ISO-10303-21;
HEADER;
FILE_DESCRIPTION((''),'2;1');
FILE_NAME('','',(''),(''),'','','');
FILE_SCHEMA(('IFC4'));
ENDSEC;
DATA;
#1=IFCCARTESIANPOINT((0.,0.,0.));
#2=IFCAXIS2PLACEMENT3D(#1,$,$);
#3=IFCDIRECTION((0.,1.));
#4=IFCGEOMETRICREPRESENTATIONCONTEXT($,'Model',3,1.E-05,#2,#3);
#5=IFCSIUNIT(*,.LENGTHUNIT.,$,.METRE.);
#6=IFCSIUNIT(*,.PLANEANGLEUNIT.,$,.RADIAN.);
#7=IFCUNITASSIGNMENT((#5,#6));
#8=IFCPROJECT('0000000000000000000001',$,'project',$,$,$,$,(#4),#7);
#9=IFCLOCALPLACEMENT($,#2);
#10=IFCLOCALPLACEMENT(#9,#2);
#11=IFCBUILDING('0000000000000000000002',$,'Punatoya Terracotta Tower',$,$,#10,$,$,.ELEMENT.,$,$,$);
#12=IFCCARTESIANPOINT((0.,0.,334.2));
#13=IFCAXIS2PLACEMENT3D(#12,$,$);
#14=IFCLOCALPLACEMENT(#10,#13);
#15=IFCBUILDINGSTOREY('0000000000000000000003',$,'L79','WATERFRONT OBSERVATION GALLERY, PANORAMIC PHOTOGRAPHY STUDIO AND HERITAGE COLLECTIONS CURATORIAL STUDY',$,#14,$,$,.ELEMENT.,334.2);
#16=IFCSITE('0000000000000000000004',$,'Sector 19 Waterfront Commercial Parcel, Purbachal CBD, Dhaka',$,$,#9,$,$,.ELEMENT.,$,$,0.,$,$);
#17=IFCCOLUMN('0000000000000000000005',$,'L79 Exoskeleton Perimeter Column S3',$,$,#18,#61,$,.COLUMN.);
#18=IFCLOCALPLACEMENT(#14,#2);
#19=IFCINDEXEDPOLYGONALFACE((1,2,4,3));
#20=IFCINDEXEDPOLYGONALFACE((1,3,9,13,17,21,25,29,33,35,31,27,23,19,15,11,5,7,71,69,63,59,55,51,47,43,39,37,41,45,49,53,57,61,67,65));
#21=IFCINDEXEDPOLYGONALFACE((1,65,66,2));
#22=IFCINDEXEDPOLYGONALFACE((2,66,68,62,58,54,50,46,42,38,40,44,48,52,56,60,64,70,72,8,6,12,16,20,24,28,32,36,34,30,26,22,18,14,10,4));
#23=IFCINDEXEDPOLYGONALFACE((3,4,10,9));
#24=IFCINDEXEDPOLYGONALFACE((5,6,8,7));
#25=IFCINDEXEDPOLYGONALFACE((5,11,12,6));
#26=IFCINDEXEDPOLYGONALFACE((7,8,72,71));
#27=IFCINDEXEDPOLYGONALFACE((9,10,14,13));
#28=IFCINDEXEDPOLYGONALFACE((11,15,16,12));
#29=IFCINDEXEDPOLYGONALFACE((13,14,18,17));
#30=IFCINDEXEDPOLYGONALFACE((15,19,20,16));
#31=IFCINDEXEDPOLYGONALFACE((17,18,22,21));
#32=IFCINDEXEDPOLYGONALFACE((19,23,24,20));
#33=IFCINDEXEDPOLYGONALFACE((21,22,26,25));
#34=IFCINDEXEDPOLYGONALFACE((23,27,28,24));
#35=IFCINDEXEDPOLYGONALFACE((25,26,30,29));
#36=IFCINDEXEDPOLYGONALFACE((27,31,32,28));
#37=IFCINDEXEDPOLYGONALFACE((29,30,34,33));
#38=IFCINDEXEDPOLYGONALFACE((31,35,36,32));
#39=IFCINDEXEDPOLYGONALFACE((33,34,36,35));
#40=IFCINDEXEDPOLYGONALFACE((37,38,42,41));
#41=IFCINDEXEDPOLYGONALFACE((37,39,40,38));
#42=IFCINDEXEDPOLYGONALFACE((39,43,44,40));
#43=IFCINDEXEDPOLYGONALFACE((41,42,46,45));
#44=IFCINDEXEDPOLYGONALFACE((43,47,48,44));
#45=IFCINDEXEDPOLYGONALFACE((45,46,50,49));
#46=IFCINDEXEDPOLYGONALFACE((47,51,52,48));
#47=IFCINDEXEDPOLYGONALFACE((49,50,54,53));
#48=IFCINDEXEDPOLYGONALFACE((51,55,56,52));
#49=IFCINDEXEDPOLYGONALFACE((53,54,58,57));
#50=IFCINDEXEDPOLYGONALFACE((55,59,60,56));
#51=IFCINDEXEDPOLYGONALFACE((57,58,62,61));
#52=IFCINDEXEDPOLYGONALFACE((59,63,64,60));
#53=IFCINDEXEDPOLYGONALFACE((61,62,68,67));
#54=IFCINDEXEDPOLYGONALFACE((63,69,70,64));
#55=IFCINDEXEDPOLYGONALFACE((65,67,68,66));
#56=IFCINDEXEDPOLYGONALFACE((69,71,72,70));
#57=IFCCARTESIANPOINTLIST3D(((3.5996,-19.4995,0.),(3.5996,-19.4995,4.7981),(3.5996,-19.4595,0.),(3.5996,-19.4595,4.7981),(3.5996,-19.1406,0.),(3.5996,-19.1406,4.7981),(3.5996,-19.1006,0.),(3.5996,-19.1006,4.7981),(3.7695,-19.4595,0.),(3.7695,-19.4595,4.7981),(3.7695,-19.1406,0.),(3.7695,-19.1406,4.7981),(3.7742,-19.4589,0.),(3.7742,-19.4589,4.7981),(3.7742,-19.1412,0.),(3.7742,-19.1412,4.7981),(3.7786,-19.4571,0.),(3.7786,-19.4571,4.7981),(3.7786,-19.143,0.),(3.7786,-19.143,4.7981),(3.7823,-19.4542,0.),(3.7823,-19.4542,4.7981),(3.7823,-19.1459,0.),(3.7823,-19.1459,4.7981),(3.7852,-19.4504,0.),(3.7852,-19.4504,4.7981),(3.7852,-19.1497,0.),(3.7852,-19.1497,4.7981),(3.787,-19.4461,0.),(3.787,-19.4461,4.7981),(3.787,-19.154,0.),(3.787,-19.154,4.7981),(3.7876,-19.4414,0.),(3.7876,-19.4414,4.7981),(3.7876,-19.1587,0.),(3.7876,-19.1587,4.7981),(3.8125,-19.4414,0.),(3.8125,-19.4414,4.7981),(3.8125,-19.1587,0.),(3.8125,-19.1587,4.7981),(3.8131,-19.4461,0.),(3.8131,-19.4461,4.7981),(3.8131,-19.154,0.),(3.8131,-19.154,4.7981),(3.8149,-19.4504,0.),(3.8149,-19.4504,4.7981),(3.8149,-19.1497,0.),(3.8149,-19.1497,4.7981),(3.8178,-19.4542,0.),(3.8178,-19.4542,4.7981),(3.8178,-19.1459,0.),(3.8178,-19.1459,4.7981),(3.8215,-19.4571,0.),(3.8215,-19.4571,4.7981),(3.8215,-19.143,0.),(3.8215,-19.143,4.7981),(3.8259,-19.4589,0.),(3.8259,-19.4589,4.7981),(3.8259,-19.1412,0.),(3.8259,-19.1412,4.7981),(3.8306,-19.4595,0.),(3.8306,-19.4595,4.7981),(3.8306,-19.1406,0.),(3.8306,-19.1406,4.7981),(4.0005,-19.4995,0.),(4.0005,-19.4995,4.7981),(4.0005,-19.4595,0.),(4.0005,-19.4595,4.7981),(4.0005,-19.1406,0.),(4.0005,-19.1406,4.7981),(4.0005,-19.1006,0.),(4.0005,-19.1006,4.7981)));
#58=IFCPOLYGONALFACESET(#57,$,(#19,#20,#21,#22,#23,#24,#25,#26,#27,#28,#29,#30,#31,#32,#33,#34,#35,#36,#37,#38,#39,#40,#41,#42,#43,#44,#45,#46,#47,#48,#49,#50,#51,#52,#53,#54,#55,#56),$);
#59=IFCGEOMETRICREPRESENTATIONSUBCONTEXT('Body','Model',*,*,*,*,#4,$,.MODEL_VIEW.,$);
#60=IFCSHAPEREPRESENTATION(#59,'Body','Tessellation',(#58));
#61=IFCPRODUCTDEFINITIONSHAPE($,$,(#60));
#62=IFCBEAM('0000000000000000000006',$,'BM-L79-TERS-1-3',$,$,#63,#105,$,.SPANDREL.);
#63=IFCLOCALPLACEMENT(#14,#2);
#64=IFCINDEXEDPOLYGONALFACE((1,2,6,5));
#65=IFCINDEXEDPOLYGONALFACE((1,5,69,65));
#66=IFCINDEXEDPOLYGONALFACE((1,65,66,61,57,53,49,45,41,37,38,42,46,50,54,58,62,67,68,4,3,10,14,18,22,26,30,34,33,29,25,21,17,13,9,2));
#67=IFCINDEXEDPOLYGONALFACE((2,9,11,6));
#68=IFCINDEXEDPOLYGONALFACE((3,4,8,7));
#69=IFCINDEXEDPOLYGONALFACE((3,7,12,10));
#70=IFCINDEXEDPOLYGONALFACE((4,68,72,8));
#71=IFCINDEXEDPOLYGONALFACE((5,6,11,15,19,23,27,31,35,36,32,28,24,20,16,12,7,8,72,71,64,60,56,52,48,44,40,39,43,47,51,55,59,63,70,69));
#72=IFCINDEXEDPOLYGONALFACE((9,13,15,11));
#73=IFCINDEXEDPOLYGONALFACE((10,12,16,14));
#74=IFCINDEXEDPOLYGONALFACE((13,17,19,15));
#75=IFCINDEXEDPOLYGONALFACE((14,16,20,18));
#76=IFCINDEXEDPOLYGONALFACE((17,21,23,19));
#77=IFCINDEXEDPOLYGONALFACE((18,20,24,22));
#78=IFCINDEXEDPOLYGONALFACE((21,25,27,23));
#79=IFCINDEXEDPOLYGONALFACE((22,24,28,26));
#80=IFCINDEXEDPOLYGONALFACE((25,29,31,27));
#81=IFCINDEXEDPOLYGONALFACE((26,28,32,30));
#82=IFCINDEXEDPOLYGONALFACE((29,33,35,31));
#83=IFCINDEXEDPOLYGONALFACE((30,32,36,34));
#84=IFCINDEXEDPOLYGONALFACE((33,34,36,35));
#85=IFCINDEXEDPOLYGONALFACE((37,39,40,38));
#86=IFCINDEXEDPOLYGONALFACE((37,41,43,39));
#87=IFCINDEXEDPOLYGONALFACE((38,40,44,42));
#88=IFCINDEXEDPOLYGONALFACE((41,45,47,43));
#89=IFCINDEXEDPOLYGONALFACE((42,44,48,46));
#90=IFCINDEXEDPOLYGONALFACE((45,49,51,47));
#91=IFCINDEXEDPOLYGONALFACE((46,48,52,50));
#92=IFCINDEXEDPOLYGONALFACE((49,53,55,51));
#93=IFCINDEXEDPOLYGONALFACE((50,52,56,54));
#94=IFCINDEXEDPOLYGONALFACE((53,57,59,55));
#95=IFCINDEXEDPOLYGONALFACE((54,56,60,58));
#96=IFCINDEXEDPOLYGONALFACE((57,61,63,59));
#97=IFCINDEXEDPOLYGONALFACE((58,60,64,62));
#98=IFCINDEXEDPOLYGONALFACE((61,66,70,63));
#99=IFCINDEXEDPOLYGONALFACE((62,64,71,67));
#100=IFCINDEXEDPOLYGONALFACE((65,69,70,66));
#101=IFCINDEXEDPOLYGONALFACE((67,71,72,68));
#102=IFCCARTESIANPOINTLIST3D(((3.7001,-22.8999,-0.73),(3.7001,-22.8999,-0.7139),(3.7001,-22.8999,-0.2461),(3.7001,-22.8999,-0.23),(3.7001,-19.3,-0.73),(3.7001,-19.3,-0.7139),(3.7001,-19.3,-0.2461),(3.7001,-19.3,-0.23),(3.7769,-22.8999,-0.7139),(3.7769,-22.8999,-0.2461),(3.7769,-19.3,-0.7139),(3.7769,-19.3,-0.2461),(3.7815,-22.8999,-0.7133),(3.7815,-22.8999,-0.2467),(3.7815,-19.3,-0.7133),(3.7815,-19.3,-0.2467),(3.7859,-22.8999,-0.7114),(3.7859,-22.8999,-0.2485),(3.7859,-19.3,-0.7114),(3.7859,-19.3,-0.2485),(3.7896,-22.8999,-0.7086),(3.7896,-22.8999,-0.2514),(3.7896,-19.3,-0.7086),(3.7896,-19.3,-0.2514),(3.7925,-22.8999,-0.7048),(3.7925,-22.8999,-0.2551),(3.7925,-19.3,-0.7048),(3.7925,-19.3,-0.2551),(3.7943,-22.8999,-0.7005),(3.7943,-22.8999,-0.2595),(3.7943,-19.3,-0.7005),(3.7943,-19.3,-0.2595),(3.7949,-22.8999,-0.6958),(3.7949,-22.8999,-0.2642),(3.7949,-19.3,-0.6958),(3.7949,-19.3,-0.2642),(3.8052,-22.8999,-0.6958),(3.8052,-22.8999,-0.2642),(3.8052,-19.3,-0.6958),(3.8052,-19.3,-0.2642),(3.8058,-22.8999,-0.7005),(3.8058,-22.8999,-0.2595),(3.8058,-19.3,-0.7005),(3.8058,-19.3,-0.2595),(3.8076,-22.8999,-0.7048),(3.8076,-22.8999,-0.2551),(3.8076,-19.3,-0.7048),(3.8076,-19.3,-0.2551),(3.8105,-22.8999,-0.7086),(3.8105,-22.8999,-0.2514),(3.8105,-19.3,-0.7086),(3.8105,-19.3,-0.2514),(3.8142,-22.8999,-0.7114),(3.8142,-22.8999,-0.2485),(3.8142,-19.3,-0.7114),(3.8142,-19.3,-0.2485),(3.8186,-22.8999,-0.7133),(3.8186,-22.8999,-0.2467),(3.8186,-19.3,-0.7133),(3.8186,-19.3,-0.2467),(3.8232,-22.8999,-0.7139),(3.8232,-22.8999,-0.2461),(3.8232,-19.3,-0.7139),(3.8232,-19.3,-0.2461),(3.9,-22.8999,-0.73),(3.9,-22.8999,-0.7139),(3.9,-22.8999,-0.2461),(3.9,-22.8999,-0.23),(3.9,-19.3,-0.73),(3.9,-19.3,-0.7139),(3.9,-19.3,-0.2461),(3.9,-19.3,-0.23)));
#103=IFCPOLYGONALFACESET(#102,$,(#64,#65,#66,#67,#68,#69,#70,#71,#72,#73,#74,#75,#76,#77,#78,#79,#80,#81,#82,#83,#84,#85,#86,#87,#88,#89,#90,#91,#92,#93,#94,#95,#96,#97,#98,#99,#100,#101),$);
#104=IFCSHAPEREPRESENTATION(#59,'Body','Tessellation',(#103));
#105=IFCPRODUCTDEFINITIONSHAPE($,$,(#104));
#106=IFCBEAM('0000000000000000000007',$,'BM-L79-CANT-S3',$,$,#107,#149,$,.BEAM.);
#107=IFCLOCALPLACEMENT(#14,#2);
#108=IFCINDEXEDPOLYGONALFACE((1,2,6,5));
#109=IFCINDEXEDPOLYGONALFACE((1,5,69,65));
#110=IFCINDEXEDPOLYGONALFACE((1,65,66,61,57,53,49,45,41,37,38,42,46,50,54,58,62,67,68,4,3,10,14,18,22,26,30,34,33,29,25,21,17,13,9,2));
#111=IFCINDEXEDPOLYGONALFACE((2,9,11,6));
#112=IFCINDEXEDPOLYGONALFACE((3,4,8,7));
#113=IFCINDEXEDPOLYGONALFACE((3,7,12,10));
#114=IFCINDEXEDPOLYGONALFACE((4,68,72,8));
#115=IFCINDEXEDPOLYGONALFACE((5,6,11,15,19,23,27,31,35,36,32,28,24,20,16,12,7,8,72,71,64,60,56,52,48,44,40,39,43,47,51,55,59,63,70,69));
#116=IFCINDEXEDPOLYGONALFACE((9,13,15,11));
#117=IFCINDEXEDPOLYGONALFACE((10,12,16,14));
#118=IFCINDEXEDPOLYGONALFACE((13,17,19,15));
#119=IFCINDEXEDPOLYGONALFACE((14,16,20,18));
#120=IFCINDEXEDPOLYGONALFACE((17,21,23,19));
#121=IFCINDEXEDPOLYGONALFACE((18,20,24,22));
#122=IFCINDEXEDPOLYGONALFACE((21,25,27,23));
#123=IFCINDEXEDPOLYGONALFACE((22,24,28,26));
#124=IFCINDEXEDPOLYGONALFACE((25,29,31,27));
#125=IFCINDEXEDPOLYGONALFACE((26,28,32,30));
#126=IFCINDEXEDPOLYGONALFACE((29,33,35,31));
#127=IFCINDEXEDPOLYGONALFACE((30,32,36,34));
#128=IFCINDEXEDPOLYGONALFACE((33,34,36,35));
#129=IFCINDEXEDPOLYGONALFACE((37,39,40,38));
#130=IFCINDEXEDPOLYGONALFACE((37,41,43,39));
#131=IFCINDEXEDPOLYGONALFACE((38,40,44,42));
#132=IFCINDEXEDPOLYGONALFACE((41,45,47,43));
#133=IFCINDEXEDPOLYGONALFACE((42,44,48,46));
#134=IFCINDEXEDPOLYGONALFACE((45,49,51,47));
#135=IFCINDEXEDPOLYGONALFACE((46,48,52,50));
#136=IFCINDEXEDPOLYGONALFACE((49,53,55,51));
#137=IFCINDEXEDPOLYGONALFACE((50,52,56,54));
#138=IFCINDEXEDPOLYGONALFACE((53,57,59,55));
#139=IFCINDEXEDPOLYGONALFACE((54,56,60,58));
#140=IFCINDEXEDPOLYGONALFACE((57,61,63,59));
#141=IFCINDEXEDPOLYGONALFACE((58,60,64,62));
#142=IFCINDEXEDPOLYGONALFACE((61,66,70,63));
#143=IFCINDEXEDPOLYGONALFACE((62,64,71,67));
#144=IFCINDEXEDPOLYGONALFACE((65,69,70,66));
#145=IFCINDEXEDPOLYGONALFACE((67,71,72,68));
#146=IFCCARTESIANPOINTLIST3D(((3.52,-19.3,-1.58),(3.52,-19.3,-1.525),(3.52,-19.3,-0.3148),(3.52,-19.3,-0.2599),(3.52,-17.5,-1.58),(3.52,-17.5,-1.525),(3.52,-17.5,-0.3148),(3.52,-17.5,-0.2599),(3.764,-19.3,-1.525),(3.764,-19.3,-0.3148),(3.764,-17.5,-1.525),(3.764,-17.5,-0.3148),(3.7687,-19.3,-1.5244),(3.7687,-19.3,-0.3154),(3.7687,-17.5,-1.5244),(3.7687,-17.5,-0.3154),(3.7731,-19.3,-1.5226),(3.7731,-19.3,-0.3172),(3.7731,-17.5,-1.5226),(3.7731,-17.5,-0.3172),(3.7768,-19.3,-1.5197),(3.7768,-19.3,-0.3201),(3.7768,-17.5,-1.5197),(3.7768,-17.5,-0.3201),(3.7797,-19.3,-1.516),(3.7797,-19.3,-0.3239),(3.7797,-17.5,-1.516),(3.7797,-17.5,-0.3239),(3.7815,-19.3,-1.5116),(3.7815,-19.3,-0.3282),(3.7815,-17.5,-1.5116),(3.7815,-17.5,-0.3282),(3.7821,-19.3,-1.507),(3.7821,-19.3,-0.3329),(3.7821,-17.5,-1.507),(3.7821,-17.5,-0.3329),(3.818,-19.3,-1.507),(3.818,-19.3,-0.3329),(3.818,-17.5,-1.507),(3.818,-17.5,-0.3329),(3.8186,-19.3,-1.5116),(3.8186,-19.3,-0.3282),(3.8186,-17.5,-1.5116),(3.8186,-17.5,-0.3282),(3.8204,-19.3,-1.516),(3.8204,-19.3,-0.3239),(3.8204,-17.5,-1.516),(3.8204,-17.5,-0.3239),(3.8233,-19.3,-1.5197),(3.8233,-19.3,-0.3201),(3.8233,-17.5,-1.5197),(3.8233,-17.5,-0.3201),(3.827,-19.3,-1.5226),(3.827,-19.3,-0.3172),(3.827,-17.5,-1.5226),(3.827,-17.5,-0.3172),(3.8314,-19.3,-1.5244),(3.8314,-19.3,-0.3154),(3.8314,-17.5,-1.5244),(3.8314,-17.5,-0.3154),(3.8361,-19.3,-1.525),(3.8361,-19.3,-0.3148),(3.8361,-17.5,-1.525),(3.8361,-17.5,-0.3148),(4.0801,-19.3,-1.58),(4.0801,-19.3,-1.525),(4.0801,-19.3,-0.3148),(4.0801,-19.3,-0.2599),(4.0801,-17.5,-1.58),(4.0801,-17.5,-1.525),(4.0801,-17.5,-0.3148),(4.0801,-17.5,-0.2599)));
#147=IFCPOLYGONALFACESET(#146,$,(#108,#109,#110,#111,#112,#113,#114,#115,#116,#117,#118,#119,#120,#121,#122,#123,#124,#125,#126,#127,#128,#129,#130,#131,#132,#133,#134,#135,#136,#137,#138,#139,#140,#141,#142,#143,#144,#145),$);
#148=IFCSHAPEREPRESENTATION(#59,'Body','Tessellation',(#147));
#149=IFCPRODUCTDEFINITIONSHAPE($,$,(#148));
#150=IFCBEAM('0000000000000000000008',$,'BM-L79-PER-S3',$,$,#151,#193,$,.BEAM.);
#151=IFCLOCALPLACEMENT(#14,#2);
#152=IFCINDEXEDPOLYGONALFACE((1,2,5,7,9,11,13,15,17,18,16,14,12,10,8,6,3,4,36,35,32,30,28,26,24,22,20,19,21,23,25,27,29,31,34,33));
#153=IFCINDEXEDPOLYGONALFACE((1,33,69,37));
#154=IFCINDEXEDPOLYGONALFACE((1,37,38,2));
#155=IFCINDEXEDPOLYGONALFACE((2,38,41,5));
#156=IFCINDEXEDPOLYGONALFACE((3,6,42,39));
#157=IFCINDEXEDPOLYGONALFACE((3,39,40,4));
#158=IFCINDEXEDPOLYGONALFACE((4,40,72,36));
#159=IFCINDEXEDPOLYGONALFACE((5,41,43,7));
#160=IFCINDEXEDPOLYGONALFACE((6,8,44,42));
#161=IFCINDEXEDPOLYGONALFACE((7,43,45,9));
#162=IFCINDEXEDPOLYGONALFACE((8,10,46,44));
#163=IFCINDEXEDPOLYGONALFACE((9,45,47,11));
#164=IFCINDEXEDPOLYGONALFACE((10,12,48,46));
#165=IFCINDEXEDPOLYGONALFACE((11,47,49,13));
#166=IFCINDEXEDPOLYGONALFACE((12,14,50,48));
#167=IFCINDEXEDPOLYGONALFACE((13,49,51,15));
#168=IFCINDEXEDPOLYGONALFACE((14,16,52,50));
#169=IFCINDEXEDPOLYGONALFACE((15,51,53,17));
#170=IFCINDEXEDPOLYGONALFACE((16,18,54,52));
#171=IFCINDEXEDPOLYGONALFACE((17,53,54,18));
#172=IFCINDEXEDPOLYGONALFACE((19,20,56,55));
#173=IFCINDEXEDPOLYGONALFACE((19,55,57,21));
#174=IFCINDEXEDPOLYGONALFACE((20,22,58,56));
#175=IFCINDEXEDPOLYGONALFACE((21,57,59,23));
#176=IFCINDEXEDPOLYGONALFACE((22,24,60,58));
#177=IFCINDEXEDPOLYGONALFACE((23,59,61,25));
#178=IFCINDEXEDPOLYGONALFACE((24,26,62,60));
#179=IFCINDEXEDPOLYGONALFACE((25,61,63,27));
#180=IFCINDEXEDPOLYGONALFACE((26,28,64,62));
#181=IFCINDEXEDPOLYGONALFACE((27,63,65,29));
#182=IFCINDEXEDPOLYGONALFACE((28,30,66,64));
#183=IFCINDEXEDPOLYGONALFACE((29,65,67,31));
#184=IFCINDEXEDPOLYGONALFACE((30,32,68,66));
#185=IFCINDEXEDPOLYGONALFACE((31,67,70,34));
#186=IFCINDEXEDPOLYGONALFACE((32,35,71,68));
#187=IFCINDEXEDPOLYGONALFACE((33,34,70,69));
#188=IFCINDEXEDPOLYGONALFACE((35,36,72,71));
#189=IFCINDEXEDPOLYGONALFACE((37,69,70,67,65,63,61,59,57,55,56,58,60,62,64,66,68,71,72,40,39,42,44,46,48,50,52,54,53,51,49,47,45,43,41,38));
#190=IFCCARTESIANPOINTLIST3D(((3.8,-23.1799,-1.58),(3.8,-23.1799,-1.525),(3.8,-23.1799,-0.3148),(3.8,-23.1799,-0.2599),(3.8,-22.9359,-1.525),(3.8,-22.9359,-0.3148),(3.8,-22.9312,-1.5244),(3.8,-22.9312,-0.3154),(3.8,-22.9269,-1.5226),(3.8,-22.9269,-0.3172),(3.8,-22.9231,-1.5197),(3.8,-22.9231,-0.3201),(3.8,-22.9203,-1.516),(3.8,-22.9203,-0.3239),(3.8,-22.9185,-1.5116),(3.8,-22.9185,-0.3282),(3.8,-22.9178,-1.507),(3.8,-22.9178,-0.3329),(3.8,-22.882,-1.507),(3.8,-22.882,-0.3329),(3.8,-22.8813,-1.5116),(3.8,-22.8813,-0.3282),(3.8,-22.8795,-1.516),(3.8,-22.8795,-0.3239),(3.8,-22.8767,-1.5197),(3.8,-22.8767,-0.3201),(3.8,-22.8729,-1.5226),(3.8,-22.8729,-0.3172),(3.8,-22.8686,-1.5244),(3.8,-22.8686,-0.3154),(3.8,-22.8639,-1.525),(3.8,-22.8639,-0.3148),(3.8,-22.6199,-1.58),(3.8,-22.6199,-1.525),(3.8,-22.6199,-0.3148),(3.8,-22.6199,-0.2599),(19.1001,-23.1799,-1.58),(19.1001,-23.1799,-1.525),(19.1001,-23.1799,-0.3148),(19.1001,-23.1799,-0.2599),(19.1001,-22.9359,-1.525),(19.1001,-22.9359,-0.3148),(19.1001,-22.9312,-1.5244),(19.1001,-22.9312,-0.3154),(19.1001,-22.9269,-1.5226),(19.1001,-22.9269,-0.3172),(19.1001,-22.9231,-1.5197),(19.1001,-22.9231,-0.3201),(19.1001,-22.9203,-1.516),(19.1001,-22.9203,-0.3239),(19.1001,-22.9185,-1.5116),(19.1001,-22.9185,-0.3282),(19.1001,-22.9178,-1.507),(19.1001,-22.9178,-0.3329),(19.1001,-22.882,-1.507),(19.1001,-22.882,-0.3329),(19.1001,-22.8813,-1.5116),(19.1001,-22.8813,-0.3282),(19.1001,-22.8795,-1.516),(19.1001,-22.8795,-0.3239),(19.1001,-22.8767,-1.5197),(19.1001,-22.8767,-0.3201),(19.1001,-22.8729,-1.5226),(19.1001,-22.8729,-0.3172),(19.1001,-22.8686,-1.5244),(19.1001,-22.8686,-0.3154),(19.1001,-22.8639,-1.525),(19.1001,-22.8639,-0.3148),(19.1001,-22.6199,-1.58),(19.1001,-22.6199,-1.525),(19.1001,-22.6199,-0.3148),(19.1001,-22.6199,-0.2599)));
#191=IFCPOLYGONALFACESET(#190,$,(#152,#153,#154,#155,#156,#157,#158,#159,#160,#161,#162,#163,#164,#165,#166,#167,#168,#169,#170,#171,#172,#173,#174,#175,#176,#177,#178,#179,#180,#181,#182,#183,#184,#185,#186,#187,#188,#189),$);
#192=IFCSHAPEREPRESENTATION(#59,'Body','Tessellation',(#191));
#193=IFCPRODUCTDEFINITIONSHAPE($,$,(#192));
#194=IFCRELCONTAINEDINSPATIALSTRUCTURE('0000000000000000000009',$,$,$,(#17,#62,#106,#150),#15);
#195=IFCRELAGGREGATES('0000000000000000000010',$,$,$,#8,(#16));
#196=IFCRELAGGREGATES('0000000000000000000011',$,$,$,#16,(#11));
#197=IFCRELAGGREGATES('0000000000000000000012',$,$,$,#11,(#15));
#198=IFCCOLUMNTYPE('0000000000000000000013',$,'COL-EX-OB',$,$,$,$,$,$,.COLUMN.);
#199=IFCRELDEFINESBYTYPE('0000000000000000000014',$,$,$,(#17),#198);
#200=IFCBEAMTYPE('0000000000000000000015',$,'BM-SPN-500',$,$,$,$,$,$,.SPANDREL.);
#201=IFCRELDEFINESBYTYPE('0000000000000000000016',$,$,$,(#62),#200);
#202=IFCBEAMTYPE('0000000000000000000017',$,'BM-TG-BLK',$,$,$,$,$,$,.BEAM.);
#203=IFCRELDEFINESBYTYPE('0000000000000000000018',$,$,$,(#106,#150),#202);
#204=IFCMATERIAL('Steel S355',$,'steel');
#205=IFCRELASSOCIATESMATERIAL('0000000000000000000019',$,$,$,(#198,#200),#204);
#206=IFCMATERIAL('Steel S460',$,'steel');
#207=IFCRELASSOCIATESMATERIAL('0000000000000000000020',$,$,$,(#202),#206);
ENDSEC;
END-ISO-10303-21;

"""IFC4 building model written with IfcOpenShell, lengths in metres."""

from ifc_helpers import new_model, si_unit, direction, frame, origin, origin_2d, place, context, subcontext, project, spatial, i_section, extrude, material, material_profile, profile_set, type_object, element, save


model = new_model("IFC4")

# Units and contexts
model_context = context("Model", 3, precision=1e-05, world=origin(), true_north=direction((0.0, 1.0)))
body_context = subcontext(model_context, "Body", "Model", "MODEL_VIEW")
ifc_project = project(units=[si_unit("LENGTHUNIT", "METRE"), si_unit("PLANEANGLEUNIT", "RADIAN")], contexts=[model_context])

# Site, building, storey
site_placement = place(None, origin())
site = spatial("IfcSite", under=ifc_project, at=site_placement, Name="Sector 19 Waterfront Commercial Parcel, Purbachal CBD, Dhaka", CompositionType="ELEMENT", RefElevation=0.0)
building_placement = place(site_placement, origin())
building = spatial("IfcBuilding", under=site, at=building_placement, Name="Punatoya Terracotta Tower", CompositionType="ELEMENT")
storey_placement = place(building_placement, frame((0.0, 0.0, 334.2)))
storey = spatial("IfcBuildingStorey", under=building, at=storey_placement, Name="L79", Description="WATERFRONT OBSERVATION GALLERY, PANORAMIC PHOTOGRAPHY STUDIO AND HERITAGE COLLECTIONS CURATORIAL STUDY", CompositionType="ELEMENT", Elevation=334.2)

# Column
ifc_material_1 = material(Name="Steel S355", Category="steel")
ifc_material_profile_1 = material_profile(ifc_material_1, i_section(OverallWidth=0.4009, OverallDepth=0.3989, WebThickness=0.0249, FlangeThickness=0.04, FilletRadius=0.0181, at=origin_2d()))
ifc_profile_set_1 = profile_set([ifc_material_profile_1], Name="Steel S355")
column_type = type_object("IfcColumnType", Name="COL-EX-OB", PredefinedType="COLUMN", material=ifc_profile_set_1)
column_placement = place(storey_placement, frame((3.8, -19.3, 0.0), z_axis=(0.0, 0.0, 1.0), x_axis=(1.0, 0.0, 0.0)))
element("IfcColumn", 1, at=column_placement, inside=storey, type_object=column_type, Name="L79 Exoskeleton Perimeter Column S3", PredefinedType="COLUMN", context=body_context, shape_type="SweptSolid", body=[
    extrude(i_section(OverallWidth=0.4009, OverallDepth=0.3989, WebThickness=0.0249, FlangeThickness=0.04, FilletRadius=0.0181, at=origin_2d()), origin(), (0.0, 0.0, 1.0), 4.7981),
])

# Beams
ifc_material_profile_2 = material_profile(ifc_material_1, i_section(OverallWidth=0.2, OverallDepth=0.5, WebThickness=0.0103, FlangeThickness=0.0161, FilletRadius=0.0181, at=origin_2d()))
ifc_profile_set_2 = profile_set([ifc_material_profile_2], Name="Steel S355")
beam_type_1 = type_object("IfcBeamType", Name="BM-SPN-500", PredefinedType="SPANDREL", material=ifc_profile_set_2)
beam_1_placement = place(storey_placement, frame((3.8, -22.8999, -0.48), z_axis=(0.0, 1.0, 0.0), x_axis=(-1.0, 0.0, 0.0)))
element("IfcBeam", 2, at=beam_1_placement, inside=storey, type_object=beam_type_1, Name="BM-L79-TERS-1-3", PredefinedType="SPANDREL", context=body_context, shape_type="SweptSolid", body=[
    extrude(i_section(OverallWidth=0.2, OverallDepth=0.5, WebThickness=0.0103, FlangeThickness=0.0161, FilletRadius=0.0181, at=origin_2d()), origin(), (0.0, 0.0, 1.0), 3.5999),
])
ifc_material_2 = material(Name="Steel S460", Category="steel")
ifc_material_profile_3 = material_profile(ifc_material_2, i_section(OverallWidth=0.5601, OverallDepth=1.3201, WebThickness=0.0359, FlangeThickness=0.0549, FilletRadius=0.0181, at=origin_2d()))
ifc_profile_set_3 = profile_set([ifc_material_profile_3], Name="Steel S460")
beam_type_2 = type_object("IfcBeamType", Name="BM-TG-BLK", PredefinedType="BEAM", material=ifc_profile_set_3)
beam_2_placement = place(storey_placement, frame((3.8, -19.3, -0.9199), z_axis=(0.0, 1.0, 0.0), x_axis=(-1.0, 0.0, 0.0)))
element("IfcBeam", 3, at=beam_2_placement, inside=storey, type_object=beam_type_2, Name="BM-L79-CANT-S3", PredefinedType="BEAM", context=body_context, shape_type="SweptSolid", body=[
    extrude(i_section(OverallWidth=0.5601, OverallDepth=1.3201, WebThickness=0.0359, FlangeThickness=0.0549, FilletRadius=0.0181, at=origin_2d()), origin(), (0.0, 0.0, 1.0), 1.8),
])
beam_3_placement = place(storey_placement, frame((3.8, -22.8999, -0.9199), z_axis=(1.0, 0.0, 0.0), x_axis=(0.0, 1.0, 0.0)))
element("IfcBeam", 4, at=beam_3_placement, inside=storey, type_object=beam_type_2, Name="BM-L79-PER-S3", PredefinedType="BEAM", context=body_context, shape_type="SweptSolid", body=[
    extrude(i_section(OverallWidth=0.5601, OverallDepth=1.3201, WebThickness=0.0359, FlangeThickness=0.0549, FilletRadius=0.0181, at=origin_2d()), origin(), (0.0, 0.0, 1.0), 15.3),
])

save(model, "model.ifc")
